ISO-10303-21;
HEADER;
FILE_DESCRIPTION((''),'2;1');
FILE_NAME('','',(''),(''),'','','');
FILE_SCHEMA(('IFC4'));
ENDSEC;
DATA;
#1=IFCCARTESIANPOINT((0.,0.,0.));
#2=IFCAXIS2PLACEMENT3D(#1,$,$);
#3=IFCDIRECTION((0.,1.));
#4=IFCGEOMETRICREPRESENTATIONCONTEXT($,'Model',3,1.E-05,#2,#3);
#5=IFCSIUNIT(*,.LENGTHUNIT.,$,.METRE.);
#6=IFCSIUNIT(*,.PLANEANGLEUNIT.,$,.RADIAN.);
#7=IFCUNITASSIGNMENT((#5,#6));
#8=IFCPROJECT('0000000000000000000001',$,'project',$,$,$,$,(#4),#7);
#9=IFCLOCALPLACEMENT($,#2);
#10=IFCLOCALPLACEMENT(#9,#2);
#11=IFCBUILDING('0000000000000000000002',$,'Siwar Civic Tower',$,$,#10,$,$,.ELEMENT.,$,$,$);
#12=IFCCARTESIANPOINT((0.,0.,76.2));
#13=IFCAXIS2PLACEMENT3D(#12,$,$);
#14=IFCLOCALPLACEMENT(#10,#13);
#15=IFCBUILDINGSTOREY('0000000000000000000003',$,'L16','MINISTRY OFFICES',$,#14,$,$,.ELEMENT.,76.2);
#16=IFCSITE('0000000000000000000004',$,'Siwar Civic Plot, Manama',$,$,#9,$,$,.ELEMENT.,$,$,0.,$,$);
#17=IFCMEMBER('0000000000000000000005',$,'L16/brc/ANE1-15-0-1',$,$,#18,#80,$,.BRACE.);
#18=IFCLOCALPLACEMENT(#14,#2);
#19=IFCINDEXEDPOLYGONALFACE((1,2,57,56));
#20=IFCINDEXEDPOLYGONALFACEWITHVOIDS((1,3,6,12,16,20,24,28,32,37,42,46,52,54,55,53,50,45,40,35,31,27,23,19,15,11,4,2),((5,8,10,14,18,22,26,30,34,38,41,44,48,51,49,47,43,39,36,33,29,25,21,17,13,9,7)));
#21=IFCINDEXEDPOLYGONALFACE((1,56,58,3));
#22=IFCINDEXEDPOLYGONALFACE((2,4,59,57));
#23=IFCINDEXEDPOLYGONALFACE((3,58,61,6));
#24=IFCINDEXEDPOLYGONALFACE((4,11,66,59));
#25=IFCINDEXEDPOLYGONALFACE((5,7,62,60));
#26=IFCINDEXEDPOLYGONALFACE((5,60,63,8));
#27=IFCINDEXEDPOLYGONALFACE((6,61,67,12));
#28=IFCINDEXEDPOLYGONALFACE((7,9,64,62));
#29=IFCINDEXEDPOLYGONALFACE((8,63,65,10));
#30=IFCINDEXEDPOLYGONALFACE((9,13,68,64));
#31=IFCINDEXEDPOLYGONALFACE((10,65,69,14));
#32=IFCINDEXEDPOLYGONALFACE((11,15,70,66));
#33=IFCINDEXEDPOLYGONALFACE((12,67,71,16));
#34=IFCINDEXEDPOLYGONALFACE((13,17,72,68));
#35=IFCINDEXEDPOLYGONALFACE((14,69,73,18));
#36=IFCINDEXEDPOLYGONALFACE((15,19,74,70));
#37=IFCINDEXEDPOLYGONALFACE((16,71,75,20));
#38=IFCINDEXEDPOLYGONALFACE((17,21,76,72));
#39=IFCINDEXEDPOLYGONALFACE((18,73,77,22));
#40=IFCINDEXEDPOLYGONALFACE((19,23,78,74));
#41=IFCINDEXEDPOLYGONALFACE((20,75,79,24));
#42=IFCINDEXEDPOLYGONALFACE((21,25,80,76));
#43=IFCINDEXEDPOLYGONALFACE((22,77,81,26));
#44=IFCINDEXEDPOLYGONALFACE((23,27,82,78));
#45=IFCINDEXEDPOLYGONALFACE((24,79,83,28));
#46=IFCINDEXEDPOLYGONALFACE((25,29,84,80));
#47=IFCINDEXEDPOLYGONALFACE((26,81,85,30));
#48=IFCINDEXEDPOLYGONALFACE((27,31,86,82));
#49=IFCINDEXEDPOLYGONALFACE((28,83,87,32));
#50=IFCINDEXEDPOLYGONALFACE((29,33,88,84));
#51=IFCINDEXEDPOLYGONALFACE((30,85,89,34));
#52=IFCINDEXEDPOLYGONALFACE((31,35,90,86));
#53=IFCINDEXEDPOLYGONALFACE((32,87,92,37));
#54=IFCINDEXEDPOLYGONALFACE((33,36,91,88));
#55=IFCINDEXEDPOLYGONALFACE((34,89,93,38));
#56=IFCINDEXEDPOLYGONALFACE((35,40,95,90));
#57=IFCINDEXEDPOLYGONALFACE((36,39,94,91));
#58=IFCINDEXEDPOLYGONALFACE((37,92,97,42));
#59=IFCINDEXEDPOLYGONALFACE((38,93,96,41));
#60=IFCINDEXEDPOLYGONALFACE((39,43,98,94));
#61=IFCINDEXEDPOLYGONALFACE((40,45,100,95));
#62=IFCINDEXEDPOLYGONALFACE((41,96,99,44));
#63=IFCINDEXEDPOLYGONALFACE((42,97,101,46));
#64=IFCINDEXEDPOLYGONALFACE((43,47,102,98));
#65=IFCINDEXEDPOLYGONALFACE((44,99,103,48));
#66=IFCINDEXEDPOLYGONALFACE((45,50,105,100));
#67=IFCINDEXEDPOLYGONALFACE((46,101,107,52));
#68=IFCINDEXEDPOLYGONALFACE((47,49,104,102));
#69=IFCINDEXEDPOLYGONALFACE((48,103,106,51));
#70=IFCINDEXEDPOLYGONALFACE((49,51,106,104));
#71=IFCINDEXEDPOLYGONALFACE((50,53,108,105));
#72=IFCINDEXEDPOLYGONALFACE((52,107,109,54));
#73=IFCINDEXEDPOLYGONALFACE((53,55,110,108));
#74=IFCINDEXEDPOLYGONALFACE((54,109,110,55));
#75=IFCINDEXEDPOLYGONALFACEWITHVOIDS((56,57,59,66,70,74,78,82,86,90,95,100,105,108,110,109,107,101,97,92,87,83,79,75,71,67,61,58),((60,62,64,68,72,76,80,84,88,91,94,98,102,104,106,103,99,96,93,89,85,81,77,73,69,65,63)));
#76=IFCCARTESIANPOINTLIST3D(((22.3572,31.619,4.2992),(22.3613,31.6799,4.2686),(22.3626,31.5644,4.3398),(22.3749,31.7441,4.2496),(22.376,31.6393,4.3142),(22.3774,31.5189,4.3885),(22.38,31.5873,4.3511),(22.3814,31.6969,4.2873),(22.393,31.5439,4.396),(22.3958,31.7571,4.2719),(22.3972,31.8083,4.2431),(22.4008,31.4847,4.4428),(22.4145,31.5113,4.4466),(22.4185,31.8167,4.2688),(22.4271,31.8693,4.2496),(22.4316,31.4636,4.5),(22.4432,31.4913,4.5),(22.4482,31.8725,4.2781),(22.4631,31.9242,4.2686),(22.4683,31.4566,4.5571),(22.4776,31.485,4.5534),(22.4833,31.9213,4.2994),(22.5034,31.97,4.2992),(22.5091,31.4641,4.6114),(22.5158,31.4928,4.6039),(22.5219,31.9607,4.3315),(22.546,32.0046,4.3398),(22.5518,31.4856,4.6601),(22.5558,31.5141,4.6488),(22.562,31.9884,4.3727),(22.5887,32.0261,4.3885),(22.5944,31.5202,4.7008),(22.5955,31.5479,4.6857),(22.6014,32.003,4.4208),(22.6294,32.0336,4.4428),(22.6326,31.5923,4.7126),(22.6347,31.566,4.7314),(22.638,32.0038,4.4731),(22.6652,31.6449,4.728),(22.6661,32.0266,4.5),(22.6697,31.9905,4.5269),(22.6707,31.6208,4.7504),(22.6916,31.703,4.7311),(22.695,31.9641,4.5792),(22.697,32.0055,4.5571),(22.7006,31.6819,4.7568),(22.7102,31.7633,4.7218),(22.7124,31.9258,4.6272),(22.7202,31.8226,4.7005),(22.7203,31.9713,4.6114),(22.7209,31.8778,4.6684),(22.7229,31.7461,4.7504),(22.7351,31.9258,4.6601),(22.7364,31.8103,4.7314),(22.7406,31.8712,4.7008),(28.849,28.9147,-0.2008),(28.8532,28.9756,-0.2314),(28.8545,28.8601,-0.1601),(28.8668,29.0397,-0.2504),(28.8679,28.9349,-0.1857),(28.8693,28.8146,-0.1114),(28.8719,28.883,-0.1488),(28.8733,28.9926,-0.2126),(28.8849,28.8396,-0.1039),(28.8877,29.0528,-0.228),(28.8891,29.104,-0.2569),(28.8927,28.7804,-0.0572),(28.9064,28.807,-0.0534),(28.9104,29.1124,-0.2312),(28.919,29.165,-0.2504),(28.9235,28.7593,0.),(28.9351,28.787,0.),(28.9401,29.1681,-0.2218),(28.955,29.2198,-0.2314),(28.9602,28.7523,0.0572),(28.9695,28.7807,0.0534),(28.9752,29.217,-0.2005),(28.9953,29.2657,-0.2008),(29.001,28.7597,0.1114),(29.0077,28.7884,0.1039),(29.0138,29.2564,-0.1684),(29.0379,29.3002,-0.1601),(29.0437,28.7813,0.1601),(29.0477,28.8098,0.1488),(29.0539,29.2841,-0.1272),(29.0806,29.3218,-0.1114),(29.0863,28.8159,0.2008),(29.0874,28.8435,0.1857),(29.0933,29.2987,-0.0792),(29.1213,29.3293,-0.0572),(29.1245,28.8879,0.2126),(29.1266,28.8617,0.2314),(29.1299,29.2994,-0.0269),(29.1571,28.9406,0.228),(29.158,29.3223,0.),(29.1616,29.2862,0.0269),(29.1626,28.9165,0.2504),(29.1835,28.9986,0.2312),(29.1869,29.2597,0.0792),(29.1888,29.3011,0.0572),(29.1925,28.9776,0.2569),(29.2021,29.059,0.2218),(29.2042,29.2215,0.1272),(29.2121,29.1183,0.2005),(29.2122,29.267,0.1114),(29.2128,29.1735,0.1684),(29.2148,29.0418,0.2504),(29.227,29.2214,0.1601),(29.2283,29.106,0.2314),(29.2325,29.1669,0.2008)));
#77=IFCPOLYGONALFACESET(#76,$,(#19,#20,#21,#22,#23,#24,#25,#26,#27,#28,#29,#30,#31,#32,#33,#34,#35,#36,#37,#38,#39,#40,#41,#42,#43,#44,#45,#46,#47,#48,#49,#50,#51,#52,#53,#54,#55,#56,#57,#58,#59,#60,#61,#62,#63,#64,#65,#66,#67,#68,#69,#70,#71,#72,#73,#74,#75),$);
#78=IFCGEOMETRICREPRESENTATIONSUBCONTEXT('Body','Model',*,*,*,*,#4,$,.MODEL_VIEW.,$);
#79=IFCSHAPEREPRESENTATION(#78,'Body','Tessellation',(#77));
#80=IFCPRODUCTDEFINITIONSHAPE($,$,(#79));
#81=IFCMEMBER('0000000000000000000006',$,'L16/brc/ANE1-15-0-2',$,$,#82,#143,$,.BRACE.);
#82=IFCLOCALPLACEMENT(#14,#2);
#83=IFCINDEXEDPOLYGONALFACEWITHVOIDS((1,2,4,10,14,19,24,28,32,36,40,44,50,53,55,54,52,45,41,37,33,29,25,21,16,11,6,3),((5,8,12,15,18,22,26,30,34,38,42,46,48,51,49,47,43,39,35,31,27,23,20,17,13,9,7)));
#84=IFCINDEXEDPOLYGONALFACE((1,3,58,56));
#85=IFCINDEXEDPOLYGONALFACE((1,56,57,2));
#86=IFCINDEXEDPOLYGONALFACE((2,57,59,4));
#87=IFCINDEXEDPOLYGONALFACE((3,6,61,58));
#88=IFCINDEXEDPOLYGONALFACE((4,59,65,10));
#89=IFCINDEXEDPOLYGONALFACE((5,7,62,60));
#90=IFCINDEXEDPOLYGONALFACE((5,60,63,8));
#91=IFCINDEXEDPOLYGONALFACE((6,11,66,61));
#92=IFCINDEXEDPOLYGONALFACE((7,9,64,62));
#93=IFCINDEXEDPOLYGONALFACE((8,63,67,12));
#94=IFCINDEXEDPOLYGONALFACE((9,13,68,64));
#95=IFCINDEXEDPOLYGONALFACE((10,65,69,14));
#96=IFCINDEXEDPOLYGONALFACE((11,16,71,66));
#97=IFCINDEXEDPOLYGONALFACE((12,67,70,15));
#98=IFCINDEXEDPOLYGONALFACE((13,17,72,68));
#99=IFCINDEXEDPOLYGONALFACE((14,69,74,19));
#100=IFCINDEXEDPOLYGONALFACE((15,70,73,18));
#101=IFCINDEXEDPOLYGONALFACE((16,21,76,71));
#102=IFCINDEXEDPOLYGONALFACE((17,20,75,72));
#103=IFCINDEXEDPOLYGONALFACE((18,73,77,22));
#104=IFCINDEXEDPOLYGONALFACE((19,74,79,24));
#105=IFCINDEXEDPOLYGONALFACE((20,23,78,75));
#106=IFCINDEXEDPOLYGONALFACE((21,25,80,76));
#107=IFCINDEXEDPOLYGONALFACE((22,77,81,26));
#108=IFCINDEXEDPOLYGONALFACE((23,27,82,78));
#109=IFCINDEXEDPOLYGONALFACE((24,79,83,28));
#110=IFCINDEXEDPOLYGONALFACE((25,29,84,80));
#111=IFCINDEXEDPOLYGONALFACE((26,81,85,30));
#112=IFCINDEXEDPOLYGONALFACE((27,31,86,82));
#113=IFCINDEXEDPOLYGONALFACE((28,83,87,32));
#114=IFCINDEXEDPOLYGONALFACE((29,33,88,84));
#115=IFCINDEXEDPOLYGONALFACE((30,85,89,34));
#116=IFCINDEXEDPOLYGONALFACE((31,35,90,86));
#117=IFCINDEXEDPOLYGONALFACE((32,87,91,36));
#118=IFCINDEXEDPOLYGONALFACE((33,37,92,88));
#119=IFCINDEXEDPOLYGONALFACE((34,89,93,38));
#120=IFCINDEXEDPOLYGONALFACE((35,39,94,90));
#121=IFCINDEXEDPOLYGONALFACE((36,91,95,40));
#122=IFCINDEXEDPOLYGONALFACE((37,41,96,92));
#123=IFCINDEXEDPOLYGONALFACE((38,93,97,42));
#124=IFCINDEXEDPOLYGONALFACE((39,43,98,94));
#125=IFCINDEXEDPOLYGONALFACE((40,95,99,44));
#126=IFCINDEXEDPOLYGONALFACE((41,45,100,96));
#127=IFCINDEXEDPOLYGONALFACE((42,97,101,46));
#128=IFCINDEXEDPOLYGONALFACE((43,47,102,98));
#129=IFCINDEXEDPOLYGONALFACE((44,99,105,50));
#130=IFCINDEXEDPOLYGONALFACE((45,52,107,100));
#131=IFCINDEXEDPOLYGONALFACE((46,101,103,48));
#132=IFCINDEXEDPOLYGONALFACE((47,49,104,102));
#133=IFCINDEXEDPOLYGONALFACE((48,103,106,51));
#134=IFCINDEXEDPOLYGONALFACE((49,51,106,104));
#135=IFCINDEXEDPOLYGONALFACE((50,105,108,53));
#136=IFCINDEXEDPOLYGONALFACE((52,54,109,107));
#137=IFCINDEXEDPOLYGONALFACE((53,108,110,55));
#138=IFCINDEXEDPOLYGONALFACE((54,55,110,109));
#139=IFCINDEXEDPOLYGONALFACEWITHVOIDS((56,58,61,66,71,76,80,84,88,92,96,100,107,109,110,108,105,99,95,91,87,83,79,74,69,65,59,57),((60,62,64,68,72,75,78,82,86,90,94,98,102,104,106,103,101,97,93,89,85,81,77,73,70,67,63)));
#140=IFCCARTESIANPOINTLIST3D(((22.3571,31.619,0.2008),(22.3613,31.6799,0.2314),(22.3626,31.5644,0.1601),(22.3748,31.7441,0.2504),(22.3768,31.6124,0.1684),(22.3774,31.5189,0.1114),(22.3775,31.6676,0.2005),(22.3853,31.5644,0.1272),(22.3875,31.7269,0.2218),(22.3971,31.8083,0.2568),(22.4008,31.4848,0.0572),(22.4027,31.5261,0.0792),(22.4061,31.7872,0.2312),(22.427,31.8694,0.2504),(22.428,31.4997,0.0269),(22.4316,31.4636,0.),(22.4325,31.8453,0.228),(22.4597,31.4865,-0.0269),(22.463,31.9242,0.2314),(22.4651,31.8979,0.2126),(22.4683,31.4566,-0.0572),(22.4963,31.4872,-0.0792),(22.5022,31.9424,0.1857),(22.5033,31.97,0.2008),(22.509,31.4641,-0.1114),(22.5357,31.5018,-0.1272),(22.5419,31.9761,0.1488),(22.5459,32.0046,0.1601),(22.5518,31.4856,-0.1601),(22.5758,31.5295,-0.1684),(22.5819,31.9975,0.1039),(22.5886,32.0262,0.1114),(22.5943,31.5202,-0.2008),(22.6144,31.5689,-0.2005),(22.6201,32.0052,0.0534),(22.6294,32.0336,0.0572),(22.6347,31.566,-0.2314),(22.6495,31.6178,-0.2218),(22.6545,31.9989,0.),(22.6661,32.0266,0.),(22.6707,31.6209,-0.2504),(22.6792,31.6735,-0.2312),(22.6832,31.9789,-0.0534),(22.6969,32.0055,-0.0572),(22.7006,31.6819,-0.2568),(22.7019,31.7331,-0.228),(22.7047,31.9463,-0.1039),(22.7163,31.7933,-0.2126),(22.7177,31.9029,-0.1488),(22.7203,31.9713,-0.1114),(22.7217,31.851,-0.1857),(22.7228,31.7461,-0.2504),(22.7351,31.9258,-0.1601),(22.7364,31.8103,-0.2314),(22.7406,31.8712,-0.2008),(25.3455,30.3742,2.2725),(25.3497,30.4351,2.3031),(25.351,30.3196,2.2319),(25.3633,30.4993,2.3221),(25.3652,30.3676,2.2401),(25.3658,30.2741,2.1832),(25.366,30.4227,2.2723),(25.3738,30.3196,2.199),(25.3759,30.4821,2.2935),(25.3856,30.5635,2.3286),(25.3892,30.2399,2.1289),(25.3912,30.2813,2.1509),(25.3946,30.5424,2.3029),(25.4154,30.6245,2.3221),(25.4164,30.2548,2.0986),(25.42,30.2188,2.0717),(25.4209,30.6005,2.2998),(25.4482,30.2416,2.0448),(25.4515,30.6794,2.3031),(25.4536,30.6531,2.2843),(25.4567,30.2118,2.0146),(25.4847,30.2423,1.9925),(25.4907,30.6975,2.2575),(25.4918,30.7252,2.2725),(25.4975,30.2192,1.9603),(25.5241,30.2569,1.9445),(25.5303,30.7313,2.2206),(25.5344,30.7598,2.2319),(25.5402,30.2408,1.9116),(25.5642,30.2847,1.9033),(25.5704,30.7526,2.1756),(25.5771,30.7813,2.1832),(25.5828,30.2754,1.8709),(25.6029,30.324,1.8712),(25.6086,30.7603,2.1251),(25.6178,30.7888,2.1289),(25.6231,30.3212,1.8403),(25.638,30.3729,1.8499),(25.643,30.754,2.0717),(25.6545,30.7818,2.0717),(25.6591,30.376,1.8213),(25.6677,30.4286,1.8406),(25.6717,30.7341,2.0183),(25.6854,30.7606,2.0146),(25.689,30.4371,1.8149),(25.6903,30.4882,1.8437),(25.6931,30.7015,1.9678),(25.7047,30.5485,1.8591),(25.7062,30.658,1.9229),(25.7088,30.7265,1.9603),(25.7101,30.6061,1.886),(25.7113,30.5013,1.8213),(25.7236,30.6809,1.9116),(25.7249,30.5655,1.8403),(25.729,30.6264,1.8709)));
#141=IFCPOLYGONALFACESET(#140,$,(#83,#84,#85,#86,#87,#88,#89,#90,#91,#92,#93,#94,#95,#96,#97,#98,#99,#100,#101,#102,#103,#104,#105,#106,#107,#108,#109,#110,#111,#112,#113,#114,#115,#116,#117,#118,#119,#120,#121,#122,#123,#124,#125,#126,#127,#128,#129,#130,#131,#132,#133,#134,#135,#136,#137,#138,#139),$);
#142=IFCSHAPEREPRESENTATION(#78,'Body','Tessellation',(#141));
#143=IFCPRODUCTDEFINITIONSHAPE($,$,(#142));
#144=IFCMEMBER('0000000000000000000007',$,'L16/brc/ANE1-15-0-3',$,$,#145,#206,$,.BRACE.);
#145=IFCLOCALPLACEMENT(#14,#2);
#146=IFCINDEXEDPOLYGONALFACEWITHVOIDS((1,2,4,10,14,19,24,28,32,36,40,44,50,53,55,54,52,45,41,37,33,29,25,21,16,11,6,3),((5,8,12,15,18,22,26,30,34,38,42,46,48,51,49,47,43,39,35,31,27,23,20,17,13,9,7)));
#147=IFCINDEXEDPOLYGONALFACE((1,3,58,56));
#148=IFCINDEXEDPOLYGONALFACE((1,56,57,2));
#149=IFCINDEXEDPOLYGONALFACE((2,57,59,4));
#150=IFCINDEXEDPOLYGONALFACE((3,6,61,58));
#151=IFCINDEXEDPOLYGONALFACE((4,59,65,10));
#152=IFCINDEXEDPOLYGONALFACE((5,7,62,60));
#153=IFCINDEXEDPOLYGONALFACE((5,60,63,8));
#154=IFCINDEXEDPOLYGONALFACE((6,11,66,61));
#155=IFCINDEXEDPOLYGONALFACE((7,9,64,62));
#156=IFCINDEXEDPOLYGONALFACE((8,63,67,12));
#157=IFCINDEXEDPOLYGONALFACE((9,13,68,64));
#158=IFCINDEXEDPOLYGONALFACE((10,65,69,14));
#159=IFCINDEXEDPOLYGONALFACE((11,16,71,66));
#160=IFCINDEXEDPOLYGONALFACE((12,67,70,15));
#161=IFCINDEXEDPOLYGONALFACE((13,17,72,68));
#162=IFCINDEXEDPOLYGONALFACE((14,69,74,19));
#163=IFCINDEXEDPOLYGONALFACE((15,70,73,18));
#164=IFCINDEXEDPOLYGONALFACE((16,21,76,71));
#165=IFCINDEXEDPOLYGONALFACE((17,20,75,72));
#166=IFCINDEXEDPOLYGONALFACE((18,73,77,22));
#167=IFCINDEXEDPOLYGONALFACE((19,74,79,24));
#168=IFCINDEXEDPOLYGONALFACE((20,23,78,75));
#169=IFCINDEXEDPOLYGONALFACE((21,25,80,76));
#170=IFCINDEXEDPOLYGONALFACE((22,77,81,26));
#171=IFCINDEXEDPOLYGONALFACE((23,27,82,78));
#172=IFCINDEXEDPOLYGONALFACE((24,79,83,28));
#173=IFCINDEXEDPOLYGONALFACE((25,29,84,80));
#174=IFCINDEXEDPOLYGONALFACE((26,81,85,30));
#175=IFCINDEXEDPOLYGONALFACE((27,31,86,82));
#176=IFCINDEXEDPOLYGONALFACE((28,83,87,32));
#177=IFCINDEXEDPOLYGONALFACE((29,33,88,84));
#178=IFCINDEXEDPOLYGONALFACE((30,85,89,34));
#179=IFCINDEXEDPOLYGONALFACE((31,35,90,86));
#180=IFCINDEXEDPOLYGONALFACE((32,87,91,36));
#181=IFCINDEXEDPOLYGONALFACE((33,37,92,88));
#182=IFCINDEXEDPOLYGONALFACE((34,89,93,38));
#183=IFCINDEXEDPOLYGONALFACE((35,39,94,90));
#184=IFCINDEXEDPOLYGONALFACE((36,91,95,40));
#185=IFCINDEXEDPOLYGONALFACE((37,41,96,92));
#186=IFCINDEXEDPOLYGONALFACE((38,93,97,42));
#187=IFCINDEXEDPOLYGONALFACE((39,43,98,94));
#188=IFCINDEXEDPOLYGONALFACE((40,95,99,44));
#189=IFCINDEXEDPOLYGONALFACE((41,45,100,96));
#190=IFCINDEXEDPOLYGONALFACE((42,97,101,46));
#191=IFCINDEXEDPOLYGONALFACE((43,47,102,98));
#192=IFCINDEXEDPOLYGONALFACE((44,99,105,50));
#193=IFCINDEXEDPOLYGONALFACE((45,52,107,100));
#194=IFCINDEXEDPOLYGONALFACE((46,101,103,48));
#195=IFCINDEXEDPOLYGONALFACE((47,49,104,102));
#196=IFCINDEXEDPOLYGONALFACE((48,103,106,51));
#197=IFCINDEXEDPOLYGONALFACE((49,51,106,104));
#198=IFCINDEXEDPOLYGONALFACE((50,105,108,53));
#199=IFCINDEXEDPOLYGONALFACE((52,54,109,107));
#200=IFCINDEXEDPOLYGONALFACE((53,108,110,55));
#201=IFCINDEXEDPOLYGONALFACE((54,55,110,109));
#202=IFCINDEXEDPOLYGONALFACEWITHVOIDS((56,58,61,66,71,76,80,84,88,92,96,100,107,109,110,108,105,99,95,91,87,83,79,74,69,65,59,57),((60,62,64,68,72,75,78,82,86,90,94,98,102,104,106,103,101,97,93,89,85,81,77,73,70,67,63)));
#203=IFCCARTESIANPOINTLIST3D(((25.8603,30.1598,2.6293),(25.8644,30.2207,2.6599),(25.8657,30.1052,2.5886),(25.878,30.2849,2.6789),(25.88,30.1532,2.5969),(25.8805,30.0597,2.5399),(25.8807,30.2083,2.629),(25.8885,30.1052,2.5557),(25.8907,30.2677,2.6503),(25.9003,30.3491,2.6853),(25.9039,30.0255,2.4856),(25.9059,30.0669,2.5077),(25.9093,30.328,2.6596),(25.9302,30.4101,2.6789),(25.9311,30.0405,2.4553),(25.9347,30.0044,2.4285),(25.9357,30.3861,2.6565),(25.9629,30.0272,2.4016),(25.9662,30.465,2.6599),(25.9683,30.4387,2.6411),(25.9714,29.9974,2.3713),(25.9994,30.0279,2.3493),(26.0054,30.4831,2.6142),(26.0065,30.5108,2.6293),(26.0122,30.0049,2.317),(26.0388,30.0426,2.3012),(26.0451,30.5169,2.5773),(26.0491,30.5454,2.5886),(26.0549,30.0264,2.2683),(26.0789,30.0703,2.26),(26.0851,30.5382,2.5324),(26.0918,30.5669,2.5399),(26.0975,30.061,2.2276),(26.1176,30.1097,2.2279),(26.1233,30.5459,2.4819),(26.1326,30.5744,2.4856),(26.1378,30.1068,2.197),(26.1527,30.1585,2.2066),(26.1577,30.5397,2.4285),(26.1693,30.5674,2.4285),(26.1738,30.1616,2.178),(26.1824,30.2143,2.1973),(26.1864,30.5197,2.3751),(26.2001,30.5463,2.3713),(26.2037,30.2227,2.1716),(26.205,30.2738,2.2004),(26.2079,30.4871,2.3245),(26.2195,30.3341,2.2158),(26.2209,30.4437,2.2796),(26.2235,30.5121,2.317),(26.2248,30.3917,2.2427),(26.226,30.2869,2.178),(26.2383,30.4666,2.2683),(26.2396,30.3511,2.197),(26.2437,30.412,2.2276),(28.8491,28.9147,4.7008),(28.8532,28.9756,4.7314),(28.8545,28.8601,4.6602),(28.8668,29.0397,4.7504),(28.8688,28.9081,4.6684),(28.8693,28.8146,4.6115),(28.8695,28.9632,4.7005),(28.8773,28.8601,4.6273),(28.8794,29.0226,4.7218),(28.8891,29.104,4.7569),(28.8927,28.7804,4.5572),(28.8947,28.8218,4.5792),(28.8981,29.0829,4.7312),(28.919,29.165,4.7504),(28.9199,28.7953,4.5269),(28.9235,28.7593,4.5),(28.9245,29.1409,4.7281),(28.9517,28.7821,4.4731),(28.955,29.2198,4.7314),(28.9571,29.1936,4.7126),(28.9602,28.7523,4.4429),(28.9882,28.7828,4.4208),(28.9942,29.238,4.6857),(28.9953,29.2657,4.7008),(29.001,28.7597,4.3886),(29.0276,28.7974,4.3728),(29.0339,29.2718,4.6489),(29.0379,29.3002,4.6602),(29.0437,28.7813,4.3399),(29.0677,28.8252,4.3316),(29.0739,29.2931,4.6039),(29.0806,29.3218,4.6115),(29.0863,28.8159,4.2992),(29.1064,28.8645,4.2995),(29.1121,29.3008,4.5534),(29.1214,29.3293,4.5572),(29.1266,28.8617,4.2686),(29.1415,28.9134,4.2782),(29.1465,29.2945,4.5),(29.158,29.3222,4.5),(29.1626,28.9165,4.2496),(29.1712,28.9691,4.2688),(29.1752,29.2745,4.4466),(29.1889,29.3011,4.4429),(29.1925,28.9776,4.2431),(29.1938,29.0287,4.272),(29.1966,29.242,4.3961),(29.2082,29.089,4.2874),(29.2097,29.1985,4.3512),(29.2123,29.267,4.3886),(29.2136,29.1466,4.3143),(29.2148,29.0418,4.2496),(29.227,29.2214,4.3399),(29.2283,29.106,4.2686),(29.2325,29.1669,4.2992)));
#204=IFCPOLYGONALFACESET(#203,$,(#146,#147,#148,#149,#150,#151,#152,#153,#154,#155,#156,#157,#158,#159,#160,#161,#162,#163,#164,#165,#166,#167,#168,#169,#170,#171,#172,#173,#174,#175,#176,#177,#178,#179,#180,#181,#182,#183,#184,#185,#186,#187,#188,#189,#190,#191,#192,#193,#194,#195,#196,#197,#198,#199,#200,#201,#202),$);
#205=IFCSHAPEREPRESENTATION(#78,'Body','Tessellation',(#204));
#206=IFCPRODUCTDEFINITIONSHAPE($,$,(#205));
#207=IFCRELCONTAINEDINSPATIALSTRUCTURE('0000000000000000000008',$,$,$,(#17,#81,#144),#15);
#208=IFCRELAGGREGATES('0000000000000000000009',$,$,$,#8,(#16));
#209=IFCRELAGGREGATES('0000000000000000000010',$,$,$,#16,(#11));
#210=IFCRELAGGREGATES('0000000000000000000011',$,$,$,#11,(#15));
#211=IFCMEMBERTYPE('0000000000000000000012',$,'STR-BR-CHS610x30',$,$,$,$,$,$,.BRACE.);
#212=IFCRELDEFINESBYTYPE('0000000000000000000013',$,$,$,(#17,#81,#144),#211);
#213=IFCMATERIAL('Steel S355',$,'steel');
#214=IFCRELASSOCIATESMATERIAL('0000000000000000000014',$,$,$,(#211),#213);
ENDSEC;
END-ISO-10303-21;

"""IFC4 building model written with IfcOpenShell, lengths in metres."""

from ifc_helpers import new_model, si_unit, direction, frame, origin, origin_2d, place, context, subcontext, project, spatial, hollow_circle, extrude, material, material_profile, profile_set, type_object, element, save


model = new_model("IFC4")

# Units and contexts
model_context = context("Model", 3, precision=1e-05, world=origin(), true_north=direction((0.0, 1.0)))
body_context = subcontext(model_context, "Body", "Model", "MODEL_VIEW")
ifc_project = project(units=[si_unit("LENGTHUNIT", "METRE"), si_unit("PLANEANGLEUNIT", "RADIAN")], contexts=[model_context])

# Site, building, storey
site_placement = place(None, origin())
site = spatial("IfcSite", under=ifc_project, at=site_placement, Name="Siwar Civic Plot, Manama", CompositionType="ELEMENT", RefElevation=0.0)
building_placement = place(site_placement, origin())
building = spatial("IfcBuilding", under=site, at=building_placement, Name="Siwar Civic Tower", CompositionType="ELEMENT")
storey_placement = place(building_placement, frame((0.0, 0.0, 76.2)))
storey = spatial("IfcBuildingStorey", under=building, at=storey_placement, Name="L16", Description="MINISTRY OFFICES", CompositionType="ELEMENT", Elevation=76.2)

# Members
ifc_material_1 = material(Name="Steel S355", Category="steel")
ifc_material_profile_1 = material_profile(ifc_material_1, hollow_circle(Radius=0.3049, WallThickness=0.03, at=origin_2d()), Name="CHS610x30")
ifc_profile_set_1 = profile_set([ifc_material_profile_1], Name="Steel S355")
member_type_1 = type_object("IfcMemberType", Name="STR-BR-CHS610x30", PredefinedType="BRACE", material=ifc_profile_set_1)
member_1_placement = place(storey_placement, frame((29.0408, 29.0408, 0.0), z_axis=(-0.777555, 0.323906, 0.538975), x_axis=(-0.384539, -0.923109, 0.0)))
element("IfcMember", 1, at=member_1_placement, inside=storey, type_object=member_type_1, Name="L16/brc/ANE1-15-0-1", PredefinedType="BRACE", context=body_context, shape_type="SweptSolid", body=[
    extrude(hollow_circle(Radius=0.3049, WallThickness=0.03, at=origin_2d()), origin(), (0.0, 0.0, 1.0), 8.3491),
])
member_2_placement = place(storey_placement, frame((22.5488, 31.7451, 0.0), z_axis=(0.777533, -0.323882, 0.53902), x_axis=(0.384524, 0.923115, 0.0)))
element("IfcMember", 2, at=member_2_placement, inside=storey, type_object=member_type_1, Name="L16/brc/ANE1-15-0-2", PredefinedType="BRACE", context=body_context, shape_type="SweptSolid", body=[
    extrude(hollow_circle(Radius=0.3049, WallThickness=0.03, at=origin_2d()), origin(), (0.0, 0.0, 1.0), 3.8435),
])
member_3_placement = place(storey_placement, frame((26.052, 30.2859, 2.4285), z_axis=(0.777569, -0.323934, 0.538937), x_axis=(0.384562, 0.923099, 0.0)))
element("IfcMember", 3, at=member_3_placement, inside=storey, type_object=member_type_1, Name="L16/brc/ANE1-15-0-3", PredefinedType="BRACE", context=body_context, shape_type="SweptSolid", body=[
    extrude(hollow_circle(Radius=0.3049, WallThickness=0.03, at=origin_2d()), origin(), (0.0, 0.0, 1.0), 3.8438),
])

save(model, "model.ifc")
